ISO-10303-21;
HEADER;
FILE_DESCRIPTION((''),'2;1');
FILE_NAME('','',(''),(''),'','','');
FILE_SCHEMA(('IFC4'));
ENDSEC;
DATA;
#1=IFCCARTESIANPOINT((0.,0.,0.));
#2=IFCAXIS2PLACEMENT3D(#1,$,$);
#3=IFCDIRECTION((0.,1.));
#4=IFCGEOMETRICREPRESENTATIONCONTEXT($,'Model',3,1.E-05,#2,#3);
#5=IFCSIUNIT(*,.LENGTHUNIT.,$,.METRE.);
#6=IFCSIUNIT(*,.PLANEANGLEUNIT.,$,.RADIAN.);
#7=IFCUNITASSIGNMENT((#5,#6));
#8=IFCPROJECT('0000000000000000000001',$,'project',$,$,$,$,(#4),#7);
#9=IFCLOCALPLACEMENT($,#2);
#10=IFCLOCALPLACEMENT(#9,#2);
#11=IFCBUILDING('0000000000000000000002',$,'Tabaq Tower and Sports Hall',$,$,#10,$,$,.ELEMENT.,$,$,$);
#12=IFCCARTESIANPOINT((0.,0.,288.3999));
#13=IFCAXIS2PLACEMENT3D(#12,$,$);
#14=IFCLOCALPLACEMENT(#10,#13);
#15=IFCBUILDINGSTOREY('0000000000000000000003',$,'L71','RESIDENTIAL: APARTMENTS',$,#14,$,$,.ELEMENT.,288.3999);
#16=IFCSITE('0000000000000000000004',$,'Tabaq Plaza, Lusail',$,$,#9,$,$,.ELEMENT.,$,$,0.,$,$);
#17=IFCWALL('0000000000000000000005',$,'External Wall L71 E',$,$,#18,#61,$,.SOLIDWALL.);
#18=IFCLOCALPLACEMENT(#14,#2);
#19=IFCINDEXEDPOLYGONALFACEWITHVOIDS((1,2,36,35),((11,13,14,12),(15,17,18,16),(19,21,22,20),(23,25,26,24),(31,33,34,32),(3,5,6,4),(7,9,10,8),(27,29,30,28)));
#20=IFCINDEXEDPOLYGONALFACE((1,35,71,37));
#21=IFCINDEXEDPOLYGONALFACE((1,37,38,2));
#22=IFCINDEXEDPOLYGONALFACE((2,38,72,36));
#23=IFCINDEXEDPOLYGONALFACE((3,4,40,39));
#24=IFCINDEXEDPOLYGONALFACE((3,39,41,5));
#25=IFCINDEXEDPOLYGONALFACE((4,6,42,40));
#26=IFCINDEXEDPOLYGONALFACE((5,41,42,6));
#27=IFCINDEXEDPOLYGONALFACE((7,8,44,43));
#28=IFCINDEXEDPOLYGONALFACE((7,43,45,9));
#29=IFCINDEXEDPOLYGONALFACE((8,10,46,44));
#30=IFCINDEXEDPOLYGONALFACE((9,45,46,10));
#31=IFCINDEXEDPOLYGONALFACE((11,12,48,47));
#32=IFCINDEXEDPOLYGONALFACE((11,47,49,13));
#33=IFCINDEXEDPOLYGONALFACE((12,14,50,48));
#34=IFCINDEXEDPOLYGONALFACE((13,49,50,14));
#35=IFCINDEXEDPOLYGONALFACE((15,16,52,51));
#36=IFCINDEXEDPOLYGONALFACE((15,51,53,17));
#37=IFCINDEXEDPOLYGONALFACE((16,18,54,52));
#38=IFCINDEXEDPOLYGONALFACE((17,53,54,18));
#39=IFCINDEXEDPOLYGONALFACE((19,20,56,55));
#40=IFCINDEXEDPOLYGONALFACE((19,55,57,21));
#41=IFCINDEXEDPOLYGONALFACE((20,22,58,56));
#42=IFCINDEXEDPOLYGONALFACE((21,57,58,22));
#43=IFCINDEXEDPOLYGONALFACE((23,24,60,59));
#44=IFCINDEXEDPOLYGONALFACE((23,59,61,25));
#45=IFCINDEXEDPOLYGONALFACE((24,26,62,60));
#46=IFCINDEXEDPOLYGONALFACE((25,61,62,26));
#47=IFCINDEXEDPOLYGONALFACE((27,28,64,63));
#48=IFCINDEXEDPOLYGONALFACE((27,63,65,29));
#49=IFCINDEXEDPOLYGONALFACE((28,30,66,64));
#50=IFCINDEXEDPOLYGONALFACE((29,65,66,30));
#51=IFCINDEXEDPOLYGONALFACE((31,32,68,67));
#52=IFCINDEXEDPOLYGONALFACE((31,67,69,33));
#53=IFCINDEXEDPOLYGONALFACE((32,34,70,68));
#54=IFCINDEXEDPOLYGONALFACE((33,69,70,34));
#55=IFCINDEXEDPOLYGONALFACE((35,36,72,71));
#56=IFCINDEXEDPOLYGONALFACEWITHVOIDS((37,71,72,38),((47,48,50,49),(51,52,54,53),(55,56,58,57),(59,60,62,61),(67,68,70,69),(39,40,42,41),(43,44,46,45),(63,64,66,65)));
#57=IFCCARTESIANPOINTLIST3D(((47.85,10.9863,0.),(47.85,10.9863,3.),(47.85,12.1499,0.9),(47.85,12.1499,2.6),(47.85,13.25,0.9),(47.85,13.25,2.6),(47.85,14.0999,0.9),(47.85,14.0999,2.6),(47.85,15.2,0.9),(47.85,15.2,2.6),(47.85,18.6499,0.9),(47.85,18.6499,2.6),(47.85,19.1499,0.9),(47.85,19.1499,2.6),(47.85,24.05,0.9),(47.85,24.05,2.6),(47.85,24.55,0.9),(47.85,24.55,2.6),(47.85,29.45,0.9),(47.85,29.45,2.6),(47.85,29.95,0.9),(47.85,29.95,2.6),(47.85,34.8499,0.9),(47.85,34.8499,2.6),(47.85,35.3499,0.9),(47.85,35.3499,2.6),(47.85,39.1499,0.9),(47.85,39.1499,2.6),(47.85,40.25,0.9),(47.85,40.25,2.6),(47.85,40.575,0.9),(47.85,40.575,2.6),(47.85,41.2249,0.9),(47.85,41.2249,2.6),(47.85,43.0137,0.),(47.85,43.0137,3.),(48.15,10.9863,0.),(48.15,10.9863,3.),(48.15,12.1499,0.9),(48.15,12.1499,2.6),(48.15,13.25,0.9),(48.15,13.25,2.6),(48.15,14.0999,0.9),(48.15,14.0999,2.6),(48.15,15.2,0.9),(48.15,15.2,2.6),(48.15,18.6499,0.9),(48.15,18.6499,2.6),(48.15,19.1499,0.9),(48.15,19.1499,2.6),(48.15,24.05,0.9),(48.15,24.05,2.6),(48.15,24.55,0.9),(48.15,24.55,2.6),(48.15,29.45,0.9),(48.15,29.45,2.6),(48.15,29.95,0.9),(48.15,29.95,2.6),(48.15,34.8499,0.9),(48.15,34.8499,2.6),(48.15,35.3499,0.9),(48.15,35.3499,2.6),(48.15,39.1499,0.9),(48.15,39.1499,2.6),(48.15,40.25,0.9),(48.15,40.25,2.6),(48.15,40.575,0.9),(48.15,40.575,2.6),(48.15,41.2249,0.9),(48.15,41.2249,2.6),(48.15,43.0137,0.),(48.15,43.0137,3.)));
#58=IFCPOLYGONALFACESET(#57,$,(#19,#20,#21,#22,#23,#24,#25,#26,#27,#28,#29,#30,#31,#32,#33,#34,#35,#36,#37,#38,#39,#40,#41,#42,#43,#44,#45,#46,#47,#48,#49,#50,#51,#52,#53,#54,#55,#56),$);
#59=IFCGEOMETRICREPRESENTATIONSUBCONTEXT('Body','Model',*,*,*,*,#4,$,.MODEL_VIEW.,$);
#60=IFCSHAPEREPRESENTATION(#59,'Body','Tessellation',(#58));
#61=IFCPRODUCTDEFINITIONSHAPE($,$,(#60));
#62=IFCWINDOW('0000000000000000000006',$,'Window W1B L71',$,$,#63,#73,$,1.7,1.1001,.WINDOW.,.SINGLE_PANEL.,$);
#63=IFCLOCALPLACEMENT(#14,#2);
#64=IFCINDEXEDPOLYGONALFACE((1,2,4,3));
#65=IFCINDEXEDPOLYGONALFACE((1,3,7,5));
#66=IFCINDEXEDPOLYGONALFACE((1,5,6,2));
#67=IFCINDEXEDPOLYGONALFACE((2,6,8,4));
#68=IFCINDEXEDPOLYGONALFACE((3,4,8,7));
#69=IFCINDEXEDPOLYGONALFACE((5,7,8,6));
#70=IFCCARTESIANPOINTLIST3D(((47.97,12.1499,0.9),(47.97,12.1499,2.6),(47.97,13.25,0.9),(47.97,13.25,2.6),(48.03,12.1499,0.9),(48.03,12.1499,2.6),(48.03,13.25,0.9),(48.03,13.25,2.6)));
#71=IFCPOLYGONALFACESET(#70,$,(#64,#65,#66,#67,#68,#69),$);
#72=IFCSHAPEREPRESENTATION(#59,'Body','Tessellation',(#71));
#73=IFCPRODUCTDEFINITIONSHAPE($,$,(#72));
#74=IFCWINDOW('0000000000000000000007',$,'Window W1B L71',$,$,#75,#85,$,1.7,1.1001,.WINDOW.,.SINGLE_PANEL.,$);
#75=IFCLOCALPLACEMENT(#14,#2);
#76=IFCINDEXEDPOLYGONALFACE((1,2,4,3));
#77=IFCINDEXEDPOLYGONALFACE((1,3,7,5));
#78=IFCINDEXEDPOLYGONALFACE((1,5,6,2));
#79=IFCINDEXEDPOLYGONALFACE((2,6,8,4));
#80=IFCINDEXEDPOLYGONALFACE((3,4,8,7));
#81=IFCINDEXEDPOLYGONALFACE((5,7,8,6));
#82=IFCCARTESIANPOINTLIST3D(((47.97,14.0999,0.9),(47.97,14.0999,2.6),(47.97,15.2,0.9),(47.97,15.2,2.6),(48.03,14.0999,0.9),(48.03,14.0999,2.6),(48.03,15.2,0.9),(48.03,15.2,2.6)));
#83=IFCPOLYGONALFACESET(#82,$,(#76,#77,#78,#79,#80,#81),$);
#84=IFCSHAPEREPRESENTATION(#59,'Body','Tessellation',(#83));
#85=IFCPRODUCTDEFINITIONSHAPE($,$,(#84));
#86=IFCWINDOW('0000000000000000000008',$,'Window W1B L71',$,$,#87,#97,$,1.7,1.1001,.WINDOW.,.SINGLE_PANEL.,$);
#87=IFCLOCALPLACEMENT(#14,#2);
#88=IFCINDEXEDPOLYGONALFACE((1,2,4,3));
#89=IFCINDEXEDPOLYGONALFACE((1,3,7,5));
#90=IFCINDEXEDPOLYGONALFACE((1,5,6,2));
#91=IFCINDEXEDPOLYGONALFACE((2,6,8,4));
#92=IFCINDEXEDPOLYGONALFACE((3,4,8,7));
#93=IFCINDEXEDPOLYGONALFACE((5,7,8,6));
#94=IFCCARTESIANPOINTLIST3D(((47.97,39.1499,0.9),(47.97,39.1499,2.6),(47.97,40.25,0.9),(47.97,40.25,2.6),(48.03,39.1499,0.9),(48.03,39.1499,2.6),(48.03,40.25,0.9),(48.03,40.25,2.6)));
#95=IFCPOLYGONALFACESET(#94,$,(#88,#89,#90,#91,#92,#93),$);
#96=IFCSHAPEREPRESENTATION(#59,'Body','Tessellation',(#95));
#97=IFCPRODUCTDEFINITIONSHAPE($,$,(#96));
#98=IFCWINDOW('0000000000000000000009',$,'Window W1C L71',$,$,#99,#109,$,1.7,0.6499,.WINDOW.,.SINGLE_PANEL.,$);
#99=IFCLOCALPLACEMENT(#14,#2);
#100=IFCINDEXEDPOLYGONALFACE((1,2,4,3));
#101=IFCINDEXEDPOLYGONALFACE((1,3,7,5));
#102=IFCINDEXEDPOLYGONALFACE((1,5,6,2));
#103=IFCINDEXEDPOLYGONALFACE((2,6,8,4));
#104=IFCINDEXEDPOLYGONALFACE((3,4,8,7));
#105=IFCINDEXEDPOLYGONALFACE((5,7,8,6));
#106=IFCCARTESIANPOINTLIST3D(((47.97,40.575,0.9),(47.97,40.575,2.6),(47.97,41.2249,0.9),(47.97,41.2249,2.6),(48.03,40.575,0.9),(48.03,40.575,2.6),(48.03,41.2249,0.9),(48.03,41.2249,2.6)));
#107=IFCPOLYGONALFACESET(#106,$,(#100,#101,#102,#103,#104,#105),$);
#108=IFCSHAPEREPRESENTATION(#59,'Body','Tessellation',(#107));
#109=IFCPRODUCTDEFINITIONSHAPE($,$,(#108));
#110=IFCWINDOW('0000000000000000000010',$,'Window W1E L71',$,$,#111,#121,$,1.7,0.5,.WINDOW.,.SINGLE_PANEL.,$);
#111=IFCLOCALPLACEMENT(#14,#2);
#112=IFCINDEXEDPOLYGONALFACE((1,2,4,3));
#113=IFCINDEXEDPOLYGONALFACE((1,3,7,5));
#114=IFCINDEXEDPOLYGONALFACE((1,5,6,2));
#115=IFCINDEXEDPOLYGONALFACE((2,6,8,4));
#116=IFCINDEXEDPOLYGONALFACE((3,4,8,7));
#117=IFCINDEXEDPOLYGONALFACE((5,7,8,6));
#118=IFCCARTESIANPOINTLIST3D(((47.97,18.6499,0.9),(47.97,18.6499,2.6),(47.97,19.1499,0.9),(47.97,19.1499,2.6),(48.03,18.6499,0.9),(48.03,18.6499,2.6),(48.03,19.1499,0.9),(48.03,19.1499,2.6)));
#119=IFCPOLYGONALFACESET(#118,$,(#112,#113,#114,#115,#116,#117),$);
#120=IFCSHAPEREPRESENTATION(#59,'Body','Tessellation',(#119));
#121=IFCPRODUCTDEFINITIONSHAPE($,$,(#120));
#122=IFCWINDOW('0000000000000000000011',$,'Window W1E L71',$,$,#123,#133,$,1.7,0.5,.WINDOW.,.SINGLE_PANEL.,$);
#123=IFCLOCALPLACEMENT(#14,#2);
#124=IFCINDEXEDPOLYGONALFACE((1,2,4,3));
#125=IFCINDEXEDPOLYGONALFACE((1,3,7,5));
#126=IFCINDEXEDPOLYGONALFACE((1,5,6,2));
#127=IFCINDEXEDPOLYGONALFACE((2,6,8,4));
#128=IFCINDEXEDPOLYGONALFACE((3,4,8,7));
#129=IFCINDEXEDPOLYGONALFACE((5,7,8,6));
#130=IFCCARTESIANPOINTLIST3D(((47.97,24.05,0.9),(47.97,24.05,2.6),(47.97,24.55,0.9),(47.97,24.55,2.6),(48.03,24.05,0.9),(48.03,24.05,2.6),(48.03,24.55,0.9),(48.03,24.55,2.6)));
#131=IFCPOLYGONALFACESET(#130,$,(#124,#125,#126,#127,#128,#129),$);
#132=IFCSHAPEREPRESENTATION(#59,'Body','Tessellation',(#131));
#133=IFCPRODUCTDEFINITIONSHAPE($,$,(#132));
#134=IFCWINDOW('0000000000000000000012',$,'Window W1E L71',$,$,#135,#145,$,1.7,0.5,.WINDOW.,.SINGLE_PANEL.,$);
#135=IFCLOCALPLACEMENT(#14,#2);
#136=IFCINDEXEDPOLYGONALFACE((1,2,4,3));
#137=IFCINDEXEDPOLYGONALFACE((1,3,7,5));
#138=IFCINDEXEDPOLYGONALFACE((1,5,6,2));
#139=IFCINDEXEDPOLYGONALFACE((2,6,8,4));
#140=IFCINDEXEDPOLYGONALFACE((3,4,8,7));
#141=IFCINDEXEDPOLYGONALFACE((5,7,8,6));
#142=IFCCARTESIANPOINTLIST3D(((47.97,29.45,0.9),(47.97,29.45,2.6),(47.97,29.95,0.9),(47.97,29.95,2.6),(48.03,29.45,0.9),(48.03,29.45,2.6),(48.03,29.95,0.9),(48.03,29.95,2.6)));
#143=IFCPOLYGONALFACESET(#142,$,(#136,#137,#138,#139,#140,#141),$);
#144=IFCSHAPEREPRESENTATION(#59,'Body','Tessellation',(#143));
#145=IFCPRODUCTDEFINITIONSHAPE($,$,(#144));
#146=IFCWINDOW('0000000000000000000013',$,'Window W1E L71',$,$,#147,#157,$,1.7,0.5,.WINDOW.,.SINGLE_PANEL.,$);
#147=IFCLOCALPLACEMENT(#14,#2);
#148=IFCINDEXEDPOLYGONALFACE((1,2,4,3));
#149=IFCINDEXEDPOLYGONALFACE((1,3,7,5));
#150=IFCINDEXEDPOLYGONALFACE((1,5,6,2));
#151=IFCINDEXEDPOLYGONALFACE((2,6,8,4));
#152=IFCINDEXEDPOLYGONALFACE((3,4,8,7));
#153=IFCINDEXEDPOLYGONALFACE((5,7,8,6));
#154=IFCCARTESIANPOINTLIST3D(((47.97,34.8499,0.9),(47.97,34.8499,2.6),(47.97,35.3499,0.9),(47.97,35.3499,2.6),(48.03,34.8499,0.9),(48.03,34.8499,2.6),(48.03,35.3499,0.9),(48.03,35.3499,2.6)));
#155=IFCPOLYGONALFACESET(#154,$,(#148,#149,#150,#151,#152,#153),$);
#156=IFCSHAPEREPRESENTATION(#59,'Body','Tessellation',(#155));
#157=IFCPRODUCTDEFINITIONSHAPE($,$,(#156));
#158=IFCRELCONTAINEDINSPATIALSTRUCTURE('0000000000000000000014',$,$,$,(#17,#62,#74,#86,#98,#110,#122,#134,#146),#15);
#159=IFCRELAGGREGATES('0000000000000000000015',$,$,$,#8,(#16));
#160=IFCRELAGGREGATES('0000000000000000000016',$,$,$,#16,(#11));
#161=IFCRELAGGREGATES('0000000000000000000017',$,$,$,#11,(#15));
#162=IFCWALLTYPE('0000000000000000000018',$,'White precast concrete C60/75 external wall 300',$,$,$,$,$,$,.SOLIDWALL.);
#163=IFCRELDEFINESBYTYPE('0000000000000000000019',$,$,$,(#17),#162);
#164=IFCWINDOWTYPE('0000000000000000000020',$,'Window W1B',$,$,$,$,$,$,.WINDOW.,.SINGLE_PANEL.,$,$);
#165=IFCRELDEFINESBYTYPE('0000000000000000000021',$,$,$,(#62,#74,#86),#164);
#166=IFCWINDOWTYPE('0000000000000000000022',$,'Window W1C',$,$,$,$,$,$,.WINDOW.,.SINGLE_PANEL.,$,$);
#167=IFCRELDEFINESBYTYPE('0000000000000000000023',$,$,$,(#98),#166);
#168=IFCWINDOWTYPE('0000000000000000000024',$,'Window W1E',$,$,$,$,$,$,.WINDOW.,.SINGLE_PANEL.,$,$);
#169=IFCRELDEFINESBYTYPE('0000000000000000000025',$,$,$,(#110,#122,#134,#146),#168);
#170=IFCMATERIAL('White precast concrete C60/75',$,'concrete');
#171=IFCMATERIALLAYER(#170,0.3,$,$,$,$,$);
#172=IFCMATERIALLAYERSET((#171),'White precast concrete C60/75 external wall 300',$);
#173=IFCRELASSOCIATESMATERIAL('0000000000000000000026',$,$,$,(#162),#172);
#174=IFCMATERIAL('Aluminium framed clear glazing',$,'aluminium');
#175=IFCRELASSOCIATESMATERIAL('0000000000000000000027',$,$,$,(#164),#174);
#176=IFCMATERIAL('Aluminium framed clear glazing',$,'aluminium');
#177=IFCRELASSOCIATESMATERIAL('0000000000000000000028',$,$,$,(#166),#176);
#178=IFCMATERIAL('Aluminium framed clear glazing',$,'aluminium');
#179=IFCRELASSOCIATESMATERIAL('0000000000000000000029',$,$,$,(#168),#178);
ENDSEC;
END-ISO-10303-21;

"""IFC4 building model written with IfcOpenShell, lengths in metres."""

from ifc_helpers import new_model, si_unit, direction, frame, frame_2d, origin, place, context, subcontext, project, spatial, rectangle, extrude, material, layer, layer_set, type_object, element, fill, save


model = new_model("IFC4")

# Units and contexts
model_context = context("Model", 3, precision=1e-05, world=origin(), true_north=direction((0.0, 1.0)))
body_context = subcontext(model_context, "Body", "Model", "MODEL_VIEW")
ifc_project = project(units=[si_unit("LENGTHUNIT", "METRE"), si_unit("PLANEANGLEUNIT", "RADIAN")], contexts=[model_context])

# Site, building, storey
site_placement = place(None, origin())
site = spatial("IfcSite", under=ifc_project, at=site_placement, Name="Tabaq Plaza, Lusail", CompositionType="ELEMENT", RefElevation=0.0)
building_placement = place(site_placement, origin())
building = spatial("IfcBuilding", under=site, at=building_placement, Name="Tabaq Tower and Sports Hall", CompositionType="ELEMENT")
storey_placement = place(building_placement, frame((0.0, 0.0, 288.3999)))
storey = spatial("IfcBuildingStorey", under=building, at=storey_placement, Name="L71", Description="RESIDENTIAL: APARTMENTS", CompositionType="ELEMENT", Elevation=288.3999)

# Wall, openings, windows
ifc_material_1 = material(Name="White precast concrete C60/75", Category="concrete")
ifc_layer_1 = layer(ifc_material_1, 0.3)
ifc_layer_set_1 = layer_set([ifc_layer_1], Name="White precast concrete C60/75 external wall 300")
wall_type = type_object("IfcWallType", Name="White precast concrete C60/75 external wall 300", PredefinedType="SOLIDWALL", material=ifc_layer_set_1)
wall_placement = place(storey_placement, frame((48.0, 10.9863, 0.0), z_axis=(0.0, 0.0, 1.0), x_axis=(0.0, 1.0, 0.0)))
wall = element("IfcWall", 1, at=wall_placement, inside=storey, type_object=wall_type, Name="External Wall L71 E", PredefinedType="SOLIDWALL", context=body_context, shape_type="SweptSolid", body=[
    extrude(rectangle(XDim=32.0273, YDim=0.3, at=frame_2d((16.0137, 0.0))), origin(), (0.0, 0.0, 1.0), 3.0),
])
opening_1_placement = place(wall_placement, frame((1.1636, 0.0, 0.8999)))
opening_1 = element("IfcOpeningElement", 2, at=opening_1_placement, cuts=wall, PredefinedType="OPENING", context=body_context, shape_type="SweptSolid", body=[
    extrude(rectangle(XDim=1.1001, YDim=1.7, at=frame_2d((0.55, 0.8501))), frame((0.0, 0.1602, 0.0), z_axis=(0.0, -1.0, 0.0), x_axis=(1.0, 0.0, 0.0)), (0.0, 0.0, 1.0), 0.3201),
])
opening_2_placement = place(wall_placement, frame((3.1135, 0.0, 0.8999)))
opening_2 = element("IfcOpeningElement", 3, at=opening_2_placement, cuts=wall, PredefinedType="OPENING", context=body_context, shape_type="SweptSolid", body=[
    extrude(rectangle(XDim=1.1001, YDim=1.7, at=frame_2d((0.55, 0.8501))), frame((0.0, 0.1602, 0.0), z_axis=(0.0, -1.0, 0.0), x_axis=(1.0, 0.0, 0.0)), (0.0, 0.0, 1.0), 0.3201),
])
opening_3_placement = place(wall_placement, frame((7.6636, 0.0, 0.8999)))
opening_3 = element("IfcOpeningElement", 4, at=opening_3_placement, cuts=wall, PredefinedType="OPENING", context=body_context, shape_type="SweptSolid", body=[
    extrude(rectangle(XDim=0.5, YDim=1.7, at=frame_2d((0.25, 0.8501))), frame((0.0, 0.1602, 0.0), z_axis=(0.0, -1.0, 0.0), x_axis=(1.0, 0.0, 0.0)), (0.0, 0.0, 1.0), 0.3201),
])
opening_4_placement = place(wall_placement, frame((13.0637, 0.0, 0.8999)))
opening_4 = element("IfcOpeningElement", 5, at=opening_4_placement, cuts=wall, PredefinedType="OPENING", context=body_context, shape_type="SweptSolid", body=[
    extrude(rectangle(XDim=0.5, YDim=1.7, at=frame_2d((0.25, 0.8501))), frame((0.0, 0.1602, 0.0), z_axis=(0.0, -1.0, 0.0), x_axis=(1.0, 0.0, 0.0)), (0.0, 0.0, 1.0), 0.3201),
])
opening_5_placement = place(wall_placement, frame((18.4636, 0.0, 0.8999)))
opening_5 = element("IfcOpeningElement", 6, at=opening_5_placement, cuts=wall, PredefinedType="OPENING", context=body_context, shape_type="SweptSolid", body=[
    extrude(rectangle(XDim=0.5, YDim=1.7, at=frame_2d((0.25, 0.8501))), frame((0.0, 0.1602, 0.0), z_axis=(0.0, -1.0, 0.0), x_axis=(1.0, 0.0, 0.0)), (0.0, 0.0, 1.0), 0.3201),
])
opening_6_placement = place(wall_placement, frame((23.8635, 0.0, 0.8999)))
opening_6 = element("IfcOpeningElement", 7, at=opening_6_placement, cuts=wall, PredefinedType="OPENING", context=body_context, shape_type="SweptSolid", body=[
    extrude(rectangle(XDim=0.5, YDim=1.7, at=frame_2d((0.25, 0.8501))), frame((0.0, 0.1602, 0.0), z_axis=(0.0, -1.0, 0.0), x_axis=(1.0, 0.0, 0.0)), (0.0, 0.0, 1.0), 0.3201),
])
opening_7_placement = place(wall_placement, frame((28.1636, 0.0, 0.8999)))
opening_7 = element("IfcOpeningElement", 8, at=opening_7_placement, cuts=wall, PredefinedType="OPENING", context=body_context, shape_type="SweptSolid", body=[
    extrude(rectangle(XDim=1.1001, YDim=1.7, at=frame_2d((0.55, 0.8501))), frame((0.0, 0.1602, 0.0), z_axis=(0.0, -1.0, 0.0), x_axis=(1.0, 0.0, 0.0)), (0.0, 0.0, 1.0), 0.3201),
])
opening_8_placement = place(wall_placement, frame((29.5886, 0.0, 0.8999)))
opening_8 = element("IfcOpeningElement", 9, at=opening_8_placement, cuts=wall, PredefinedType="OPENING", context=body_context, shape_type="SweptSolid", body=[
    extrude(rectangle(XDim=0.6499, YDim=1.7, at=frame_2d((0.325, 0.8501))), frame((0.0, 0.1602, 0.0), z_axis=(0.0, -1.0, 0.0), x_axis=(1.0, 0.0, 0.0)), (0.0, 0.0, 1.0), 0.3201),
])
ifc_material_2 = material(Name="Aluminium framed clear glazing", Category="aluminium")
window_type_1 = type_object("IfcWindowType", Name="Window W1B", PartitioningType="SINGLE_PANEL", PredefinedType="WINDOW", material=ifc_material_2)
window_1_placement = place(opening_1_placement, origin())
window_1 = element("IfcWindow", 10, at=window_1_placement, inside=storey, type_object=window_type_1, Name="Window W1B L71", OverallHeight=1.7, OverallWidth=1.1001, PartitioningType="SINGLE_PANEL", PredefinedType="WINDOW", context=body_context, shape_type="SweptSolid", body=[
    extrude(rectangle(XDim=1.1001, YDim=1.7, at=frame_2d((0.55, 0.8501))), frame((0.0, 0.03, 0.0), z_axis=(0.0, -1.0, 0.0), x_axis=(1.0, 0.0, 0.0)), (0.0, 0.0, 1.0), 0.0601),
])
fill(opening_1, window_1)
window_2_placement = place(opening_2_placement, origin())
window_2 = element("IfcWindow", 11, at=window_2_placement, inside=storey, type_object=window_type_1, Name="Window W1B L71", OverallHeight=1.7, OverallWidth=1.1001, PartitioningType="SINGLE_PANEL", PredefinedType="WINDOW", context=body_context, shape_type="SweptSolid", body=[
    extrude(rectangle(XDim=1.1001, YDim=1.7, at=frame_2d((0.55, 0.8501))), frame((0.0, 0.03, 0.0), z_axis=(0.0, -1.0, 0.0), x_axis=(1.0, 0.0, 0.0)), (0.0, 0.0, 1.0), 0.0601),
])
fill(opening_2, window_2)
window_3_placement = place(opening_7_placement, origin())
window_3 = element("IfcWindow", 12, at=window_3_placement, inside=storey, type_object=window_type_1, Name="Window W1B L71", OverallHeight=1.7, OverallWidth=1.1001, PartitioningType="SINGLE_PANEL", PredefinedType="WINDOW", context=body_context, shape_type="SweptSolid", body=[
    extrude(rectangle(XDim=1.1001, YDim=1.7, at=frame_2d((0.55, 0.8501))), frame((0.0, 0.03, 0.0), z_axis=(0.0, -1.0, 0.0), x_axis=(1.0, 0.0, 0.0)), (0.0, 0.0, 1.0), 0.0601),
])
fill(opening_7, window_3)
ifc_material_3 = material(Name="Aluminium framed clear glazing", Category="aluminium")
window_type_2 = type_object("IfcWindowType", Name="Window W1C", PartitioningType="SINGLE_PANEL", PredefinedType="WINDOW", material=ifc_material_3)
window_4_placement = place(opening_8_placement, origin())
window_4 = element("IfcWindow", 13, at=window_4_placement, inside=storey, type_object=window_type_2, Name="Window W1C L71", OverallHeight=1.7, OverallWidth=0.6499, PartitioningType="SINGLE_PANEL", PredefinedType="WINDOW", context=body_context, shape_type="SweptSolid", body=[
    extrude(rectangle(XDim=0.6499, YDim=1.7, at=frame_2d((0.325, 0.8501))), frame((0.0, 0.03, 0.0), z_axis=(0.0, -1.0, 0.0), x_axis=(1.0, 0.0, 0.0)), (0.0, 0.0, 1.0), 0.0601),
])
fill(opening_8, window_4)
ifc_material_4 = material(Name="Aluminium framed clear glazing", Category="aluminium")
window_type_3 = type_object("IfcWindowType", Name="Window W1E", PartitioningType="SINGLE_PANEL", PredefinedType="WINDOW", material=ifc_material_4)
window_5_placement = place(opening_3_placement, origin())
window_5 = element("IfcWindow", 14, at=window_5_placement, inside=storey, type_object=window_type_3, Name="Window W1E L71", OverallHeight=1.7, OverallWidth=0.5, PartitioningType="SINGLE_PANEL", PredefinedType="WINDOW", context=body_context, shape_type="SweptSolid", body=[
    extrude(rectangle(XDim=0.5, YDim=1.7, at=frame_2d((0.25, 0.8501))), frame((0.0, 0.03, 0.0), z_axis=(0.0, -1.0, 0.0), x_axis=(1.0, 0.0, 0.0)), (0.0, 0.0, 1.0), 0.0601),
])
fill(opening_3, window_5)
window_6_placement = place(opening_4_placement, origin())
window_6 = element("IfcWindow", 15, at=window_6_placement, inside=storey, type_object=window_type_3, Name="Window W1E L71", OverallHeight=1.7, OverallWidth=0.5, PartitioningType="SINGLE_PANEL", PredefinedType="WINDOW", context=body_context, shape_type="SweptSolid", body=[
    extrude(rectangle(XDim=0.5, YDim=1.7, at=frame_2d((0.25, 0.8501))), frame((0.0, 0.03, 0.0), z_axis=(0.0, -1.0, 0.0), x_axis=(1.0, 0.0, 0.0)), (0.0, 0.0, 1.0), 0.0601),
])
fill(opening_4, window_6)
window_7_placement = place(opening_5_placement, origin())
window_7 = element("IfcWindow", 16, at=window_7_placement, inside=storey, type_object=window_type_3, Name="Window W1E L71", OverallHeight=1.7, OverallWidth=0.5, PartitioningType="SINGLE_PANEL", PredefinedType="WINDOW", context=body_context, shape_type="SweptSolid", body=[
    extrude(rectangle(XDim=0.5, YDim=1.7, at=frame_2d((0.25, 0.8501))), frame((0.0, 0.03, 0.0), z_axis=(0.0, -1.0, 0.0), x_axis=(1.0, 0.0, 0.0)), (0.0, 0.0, 1.0), 0.0601),
])
fill(opening_5, window_7)
window_8_placement = place(opening_6_placement, origin())
window_8 = element("IfcWindow", 17, at=window_8_placement, inside=storey, type_object=window_type_3, Name="Window W1E L71", OverallHeight=1.7, OverallWidth=0.5, PartitioningType="SINGLE_PANEL", PredefinedType="WINDOW", context=body_context, shape_type="SweptSolid", body=[
    extrude(rectangle(XDim=0.5, YDim=1.7, at=frame_2d((0.25, 0.8501))), frame((0.0, 0.03, 0.0), z_axis=(0.0, -1.0, 0.0), x_axis=(1.0, 0.0, 0.0)), (0.0, 0.0, 1.0), 0.0601),
])
fill(opening_6, window_8)

save(model, "model.ifc")
